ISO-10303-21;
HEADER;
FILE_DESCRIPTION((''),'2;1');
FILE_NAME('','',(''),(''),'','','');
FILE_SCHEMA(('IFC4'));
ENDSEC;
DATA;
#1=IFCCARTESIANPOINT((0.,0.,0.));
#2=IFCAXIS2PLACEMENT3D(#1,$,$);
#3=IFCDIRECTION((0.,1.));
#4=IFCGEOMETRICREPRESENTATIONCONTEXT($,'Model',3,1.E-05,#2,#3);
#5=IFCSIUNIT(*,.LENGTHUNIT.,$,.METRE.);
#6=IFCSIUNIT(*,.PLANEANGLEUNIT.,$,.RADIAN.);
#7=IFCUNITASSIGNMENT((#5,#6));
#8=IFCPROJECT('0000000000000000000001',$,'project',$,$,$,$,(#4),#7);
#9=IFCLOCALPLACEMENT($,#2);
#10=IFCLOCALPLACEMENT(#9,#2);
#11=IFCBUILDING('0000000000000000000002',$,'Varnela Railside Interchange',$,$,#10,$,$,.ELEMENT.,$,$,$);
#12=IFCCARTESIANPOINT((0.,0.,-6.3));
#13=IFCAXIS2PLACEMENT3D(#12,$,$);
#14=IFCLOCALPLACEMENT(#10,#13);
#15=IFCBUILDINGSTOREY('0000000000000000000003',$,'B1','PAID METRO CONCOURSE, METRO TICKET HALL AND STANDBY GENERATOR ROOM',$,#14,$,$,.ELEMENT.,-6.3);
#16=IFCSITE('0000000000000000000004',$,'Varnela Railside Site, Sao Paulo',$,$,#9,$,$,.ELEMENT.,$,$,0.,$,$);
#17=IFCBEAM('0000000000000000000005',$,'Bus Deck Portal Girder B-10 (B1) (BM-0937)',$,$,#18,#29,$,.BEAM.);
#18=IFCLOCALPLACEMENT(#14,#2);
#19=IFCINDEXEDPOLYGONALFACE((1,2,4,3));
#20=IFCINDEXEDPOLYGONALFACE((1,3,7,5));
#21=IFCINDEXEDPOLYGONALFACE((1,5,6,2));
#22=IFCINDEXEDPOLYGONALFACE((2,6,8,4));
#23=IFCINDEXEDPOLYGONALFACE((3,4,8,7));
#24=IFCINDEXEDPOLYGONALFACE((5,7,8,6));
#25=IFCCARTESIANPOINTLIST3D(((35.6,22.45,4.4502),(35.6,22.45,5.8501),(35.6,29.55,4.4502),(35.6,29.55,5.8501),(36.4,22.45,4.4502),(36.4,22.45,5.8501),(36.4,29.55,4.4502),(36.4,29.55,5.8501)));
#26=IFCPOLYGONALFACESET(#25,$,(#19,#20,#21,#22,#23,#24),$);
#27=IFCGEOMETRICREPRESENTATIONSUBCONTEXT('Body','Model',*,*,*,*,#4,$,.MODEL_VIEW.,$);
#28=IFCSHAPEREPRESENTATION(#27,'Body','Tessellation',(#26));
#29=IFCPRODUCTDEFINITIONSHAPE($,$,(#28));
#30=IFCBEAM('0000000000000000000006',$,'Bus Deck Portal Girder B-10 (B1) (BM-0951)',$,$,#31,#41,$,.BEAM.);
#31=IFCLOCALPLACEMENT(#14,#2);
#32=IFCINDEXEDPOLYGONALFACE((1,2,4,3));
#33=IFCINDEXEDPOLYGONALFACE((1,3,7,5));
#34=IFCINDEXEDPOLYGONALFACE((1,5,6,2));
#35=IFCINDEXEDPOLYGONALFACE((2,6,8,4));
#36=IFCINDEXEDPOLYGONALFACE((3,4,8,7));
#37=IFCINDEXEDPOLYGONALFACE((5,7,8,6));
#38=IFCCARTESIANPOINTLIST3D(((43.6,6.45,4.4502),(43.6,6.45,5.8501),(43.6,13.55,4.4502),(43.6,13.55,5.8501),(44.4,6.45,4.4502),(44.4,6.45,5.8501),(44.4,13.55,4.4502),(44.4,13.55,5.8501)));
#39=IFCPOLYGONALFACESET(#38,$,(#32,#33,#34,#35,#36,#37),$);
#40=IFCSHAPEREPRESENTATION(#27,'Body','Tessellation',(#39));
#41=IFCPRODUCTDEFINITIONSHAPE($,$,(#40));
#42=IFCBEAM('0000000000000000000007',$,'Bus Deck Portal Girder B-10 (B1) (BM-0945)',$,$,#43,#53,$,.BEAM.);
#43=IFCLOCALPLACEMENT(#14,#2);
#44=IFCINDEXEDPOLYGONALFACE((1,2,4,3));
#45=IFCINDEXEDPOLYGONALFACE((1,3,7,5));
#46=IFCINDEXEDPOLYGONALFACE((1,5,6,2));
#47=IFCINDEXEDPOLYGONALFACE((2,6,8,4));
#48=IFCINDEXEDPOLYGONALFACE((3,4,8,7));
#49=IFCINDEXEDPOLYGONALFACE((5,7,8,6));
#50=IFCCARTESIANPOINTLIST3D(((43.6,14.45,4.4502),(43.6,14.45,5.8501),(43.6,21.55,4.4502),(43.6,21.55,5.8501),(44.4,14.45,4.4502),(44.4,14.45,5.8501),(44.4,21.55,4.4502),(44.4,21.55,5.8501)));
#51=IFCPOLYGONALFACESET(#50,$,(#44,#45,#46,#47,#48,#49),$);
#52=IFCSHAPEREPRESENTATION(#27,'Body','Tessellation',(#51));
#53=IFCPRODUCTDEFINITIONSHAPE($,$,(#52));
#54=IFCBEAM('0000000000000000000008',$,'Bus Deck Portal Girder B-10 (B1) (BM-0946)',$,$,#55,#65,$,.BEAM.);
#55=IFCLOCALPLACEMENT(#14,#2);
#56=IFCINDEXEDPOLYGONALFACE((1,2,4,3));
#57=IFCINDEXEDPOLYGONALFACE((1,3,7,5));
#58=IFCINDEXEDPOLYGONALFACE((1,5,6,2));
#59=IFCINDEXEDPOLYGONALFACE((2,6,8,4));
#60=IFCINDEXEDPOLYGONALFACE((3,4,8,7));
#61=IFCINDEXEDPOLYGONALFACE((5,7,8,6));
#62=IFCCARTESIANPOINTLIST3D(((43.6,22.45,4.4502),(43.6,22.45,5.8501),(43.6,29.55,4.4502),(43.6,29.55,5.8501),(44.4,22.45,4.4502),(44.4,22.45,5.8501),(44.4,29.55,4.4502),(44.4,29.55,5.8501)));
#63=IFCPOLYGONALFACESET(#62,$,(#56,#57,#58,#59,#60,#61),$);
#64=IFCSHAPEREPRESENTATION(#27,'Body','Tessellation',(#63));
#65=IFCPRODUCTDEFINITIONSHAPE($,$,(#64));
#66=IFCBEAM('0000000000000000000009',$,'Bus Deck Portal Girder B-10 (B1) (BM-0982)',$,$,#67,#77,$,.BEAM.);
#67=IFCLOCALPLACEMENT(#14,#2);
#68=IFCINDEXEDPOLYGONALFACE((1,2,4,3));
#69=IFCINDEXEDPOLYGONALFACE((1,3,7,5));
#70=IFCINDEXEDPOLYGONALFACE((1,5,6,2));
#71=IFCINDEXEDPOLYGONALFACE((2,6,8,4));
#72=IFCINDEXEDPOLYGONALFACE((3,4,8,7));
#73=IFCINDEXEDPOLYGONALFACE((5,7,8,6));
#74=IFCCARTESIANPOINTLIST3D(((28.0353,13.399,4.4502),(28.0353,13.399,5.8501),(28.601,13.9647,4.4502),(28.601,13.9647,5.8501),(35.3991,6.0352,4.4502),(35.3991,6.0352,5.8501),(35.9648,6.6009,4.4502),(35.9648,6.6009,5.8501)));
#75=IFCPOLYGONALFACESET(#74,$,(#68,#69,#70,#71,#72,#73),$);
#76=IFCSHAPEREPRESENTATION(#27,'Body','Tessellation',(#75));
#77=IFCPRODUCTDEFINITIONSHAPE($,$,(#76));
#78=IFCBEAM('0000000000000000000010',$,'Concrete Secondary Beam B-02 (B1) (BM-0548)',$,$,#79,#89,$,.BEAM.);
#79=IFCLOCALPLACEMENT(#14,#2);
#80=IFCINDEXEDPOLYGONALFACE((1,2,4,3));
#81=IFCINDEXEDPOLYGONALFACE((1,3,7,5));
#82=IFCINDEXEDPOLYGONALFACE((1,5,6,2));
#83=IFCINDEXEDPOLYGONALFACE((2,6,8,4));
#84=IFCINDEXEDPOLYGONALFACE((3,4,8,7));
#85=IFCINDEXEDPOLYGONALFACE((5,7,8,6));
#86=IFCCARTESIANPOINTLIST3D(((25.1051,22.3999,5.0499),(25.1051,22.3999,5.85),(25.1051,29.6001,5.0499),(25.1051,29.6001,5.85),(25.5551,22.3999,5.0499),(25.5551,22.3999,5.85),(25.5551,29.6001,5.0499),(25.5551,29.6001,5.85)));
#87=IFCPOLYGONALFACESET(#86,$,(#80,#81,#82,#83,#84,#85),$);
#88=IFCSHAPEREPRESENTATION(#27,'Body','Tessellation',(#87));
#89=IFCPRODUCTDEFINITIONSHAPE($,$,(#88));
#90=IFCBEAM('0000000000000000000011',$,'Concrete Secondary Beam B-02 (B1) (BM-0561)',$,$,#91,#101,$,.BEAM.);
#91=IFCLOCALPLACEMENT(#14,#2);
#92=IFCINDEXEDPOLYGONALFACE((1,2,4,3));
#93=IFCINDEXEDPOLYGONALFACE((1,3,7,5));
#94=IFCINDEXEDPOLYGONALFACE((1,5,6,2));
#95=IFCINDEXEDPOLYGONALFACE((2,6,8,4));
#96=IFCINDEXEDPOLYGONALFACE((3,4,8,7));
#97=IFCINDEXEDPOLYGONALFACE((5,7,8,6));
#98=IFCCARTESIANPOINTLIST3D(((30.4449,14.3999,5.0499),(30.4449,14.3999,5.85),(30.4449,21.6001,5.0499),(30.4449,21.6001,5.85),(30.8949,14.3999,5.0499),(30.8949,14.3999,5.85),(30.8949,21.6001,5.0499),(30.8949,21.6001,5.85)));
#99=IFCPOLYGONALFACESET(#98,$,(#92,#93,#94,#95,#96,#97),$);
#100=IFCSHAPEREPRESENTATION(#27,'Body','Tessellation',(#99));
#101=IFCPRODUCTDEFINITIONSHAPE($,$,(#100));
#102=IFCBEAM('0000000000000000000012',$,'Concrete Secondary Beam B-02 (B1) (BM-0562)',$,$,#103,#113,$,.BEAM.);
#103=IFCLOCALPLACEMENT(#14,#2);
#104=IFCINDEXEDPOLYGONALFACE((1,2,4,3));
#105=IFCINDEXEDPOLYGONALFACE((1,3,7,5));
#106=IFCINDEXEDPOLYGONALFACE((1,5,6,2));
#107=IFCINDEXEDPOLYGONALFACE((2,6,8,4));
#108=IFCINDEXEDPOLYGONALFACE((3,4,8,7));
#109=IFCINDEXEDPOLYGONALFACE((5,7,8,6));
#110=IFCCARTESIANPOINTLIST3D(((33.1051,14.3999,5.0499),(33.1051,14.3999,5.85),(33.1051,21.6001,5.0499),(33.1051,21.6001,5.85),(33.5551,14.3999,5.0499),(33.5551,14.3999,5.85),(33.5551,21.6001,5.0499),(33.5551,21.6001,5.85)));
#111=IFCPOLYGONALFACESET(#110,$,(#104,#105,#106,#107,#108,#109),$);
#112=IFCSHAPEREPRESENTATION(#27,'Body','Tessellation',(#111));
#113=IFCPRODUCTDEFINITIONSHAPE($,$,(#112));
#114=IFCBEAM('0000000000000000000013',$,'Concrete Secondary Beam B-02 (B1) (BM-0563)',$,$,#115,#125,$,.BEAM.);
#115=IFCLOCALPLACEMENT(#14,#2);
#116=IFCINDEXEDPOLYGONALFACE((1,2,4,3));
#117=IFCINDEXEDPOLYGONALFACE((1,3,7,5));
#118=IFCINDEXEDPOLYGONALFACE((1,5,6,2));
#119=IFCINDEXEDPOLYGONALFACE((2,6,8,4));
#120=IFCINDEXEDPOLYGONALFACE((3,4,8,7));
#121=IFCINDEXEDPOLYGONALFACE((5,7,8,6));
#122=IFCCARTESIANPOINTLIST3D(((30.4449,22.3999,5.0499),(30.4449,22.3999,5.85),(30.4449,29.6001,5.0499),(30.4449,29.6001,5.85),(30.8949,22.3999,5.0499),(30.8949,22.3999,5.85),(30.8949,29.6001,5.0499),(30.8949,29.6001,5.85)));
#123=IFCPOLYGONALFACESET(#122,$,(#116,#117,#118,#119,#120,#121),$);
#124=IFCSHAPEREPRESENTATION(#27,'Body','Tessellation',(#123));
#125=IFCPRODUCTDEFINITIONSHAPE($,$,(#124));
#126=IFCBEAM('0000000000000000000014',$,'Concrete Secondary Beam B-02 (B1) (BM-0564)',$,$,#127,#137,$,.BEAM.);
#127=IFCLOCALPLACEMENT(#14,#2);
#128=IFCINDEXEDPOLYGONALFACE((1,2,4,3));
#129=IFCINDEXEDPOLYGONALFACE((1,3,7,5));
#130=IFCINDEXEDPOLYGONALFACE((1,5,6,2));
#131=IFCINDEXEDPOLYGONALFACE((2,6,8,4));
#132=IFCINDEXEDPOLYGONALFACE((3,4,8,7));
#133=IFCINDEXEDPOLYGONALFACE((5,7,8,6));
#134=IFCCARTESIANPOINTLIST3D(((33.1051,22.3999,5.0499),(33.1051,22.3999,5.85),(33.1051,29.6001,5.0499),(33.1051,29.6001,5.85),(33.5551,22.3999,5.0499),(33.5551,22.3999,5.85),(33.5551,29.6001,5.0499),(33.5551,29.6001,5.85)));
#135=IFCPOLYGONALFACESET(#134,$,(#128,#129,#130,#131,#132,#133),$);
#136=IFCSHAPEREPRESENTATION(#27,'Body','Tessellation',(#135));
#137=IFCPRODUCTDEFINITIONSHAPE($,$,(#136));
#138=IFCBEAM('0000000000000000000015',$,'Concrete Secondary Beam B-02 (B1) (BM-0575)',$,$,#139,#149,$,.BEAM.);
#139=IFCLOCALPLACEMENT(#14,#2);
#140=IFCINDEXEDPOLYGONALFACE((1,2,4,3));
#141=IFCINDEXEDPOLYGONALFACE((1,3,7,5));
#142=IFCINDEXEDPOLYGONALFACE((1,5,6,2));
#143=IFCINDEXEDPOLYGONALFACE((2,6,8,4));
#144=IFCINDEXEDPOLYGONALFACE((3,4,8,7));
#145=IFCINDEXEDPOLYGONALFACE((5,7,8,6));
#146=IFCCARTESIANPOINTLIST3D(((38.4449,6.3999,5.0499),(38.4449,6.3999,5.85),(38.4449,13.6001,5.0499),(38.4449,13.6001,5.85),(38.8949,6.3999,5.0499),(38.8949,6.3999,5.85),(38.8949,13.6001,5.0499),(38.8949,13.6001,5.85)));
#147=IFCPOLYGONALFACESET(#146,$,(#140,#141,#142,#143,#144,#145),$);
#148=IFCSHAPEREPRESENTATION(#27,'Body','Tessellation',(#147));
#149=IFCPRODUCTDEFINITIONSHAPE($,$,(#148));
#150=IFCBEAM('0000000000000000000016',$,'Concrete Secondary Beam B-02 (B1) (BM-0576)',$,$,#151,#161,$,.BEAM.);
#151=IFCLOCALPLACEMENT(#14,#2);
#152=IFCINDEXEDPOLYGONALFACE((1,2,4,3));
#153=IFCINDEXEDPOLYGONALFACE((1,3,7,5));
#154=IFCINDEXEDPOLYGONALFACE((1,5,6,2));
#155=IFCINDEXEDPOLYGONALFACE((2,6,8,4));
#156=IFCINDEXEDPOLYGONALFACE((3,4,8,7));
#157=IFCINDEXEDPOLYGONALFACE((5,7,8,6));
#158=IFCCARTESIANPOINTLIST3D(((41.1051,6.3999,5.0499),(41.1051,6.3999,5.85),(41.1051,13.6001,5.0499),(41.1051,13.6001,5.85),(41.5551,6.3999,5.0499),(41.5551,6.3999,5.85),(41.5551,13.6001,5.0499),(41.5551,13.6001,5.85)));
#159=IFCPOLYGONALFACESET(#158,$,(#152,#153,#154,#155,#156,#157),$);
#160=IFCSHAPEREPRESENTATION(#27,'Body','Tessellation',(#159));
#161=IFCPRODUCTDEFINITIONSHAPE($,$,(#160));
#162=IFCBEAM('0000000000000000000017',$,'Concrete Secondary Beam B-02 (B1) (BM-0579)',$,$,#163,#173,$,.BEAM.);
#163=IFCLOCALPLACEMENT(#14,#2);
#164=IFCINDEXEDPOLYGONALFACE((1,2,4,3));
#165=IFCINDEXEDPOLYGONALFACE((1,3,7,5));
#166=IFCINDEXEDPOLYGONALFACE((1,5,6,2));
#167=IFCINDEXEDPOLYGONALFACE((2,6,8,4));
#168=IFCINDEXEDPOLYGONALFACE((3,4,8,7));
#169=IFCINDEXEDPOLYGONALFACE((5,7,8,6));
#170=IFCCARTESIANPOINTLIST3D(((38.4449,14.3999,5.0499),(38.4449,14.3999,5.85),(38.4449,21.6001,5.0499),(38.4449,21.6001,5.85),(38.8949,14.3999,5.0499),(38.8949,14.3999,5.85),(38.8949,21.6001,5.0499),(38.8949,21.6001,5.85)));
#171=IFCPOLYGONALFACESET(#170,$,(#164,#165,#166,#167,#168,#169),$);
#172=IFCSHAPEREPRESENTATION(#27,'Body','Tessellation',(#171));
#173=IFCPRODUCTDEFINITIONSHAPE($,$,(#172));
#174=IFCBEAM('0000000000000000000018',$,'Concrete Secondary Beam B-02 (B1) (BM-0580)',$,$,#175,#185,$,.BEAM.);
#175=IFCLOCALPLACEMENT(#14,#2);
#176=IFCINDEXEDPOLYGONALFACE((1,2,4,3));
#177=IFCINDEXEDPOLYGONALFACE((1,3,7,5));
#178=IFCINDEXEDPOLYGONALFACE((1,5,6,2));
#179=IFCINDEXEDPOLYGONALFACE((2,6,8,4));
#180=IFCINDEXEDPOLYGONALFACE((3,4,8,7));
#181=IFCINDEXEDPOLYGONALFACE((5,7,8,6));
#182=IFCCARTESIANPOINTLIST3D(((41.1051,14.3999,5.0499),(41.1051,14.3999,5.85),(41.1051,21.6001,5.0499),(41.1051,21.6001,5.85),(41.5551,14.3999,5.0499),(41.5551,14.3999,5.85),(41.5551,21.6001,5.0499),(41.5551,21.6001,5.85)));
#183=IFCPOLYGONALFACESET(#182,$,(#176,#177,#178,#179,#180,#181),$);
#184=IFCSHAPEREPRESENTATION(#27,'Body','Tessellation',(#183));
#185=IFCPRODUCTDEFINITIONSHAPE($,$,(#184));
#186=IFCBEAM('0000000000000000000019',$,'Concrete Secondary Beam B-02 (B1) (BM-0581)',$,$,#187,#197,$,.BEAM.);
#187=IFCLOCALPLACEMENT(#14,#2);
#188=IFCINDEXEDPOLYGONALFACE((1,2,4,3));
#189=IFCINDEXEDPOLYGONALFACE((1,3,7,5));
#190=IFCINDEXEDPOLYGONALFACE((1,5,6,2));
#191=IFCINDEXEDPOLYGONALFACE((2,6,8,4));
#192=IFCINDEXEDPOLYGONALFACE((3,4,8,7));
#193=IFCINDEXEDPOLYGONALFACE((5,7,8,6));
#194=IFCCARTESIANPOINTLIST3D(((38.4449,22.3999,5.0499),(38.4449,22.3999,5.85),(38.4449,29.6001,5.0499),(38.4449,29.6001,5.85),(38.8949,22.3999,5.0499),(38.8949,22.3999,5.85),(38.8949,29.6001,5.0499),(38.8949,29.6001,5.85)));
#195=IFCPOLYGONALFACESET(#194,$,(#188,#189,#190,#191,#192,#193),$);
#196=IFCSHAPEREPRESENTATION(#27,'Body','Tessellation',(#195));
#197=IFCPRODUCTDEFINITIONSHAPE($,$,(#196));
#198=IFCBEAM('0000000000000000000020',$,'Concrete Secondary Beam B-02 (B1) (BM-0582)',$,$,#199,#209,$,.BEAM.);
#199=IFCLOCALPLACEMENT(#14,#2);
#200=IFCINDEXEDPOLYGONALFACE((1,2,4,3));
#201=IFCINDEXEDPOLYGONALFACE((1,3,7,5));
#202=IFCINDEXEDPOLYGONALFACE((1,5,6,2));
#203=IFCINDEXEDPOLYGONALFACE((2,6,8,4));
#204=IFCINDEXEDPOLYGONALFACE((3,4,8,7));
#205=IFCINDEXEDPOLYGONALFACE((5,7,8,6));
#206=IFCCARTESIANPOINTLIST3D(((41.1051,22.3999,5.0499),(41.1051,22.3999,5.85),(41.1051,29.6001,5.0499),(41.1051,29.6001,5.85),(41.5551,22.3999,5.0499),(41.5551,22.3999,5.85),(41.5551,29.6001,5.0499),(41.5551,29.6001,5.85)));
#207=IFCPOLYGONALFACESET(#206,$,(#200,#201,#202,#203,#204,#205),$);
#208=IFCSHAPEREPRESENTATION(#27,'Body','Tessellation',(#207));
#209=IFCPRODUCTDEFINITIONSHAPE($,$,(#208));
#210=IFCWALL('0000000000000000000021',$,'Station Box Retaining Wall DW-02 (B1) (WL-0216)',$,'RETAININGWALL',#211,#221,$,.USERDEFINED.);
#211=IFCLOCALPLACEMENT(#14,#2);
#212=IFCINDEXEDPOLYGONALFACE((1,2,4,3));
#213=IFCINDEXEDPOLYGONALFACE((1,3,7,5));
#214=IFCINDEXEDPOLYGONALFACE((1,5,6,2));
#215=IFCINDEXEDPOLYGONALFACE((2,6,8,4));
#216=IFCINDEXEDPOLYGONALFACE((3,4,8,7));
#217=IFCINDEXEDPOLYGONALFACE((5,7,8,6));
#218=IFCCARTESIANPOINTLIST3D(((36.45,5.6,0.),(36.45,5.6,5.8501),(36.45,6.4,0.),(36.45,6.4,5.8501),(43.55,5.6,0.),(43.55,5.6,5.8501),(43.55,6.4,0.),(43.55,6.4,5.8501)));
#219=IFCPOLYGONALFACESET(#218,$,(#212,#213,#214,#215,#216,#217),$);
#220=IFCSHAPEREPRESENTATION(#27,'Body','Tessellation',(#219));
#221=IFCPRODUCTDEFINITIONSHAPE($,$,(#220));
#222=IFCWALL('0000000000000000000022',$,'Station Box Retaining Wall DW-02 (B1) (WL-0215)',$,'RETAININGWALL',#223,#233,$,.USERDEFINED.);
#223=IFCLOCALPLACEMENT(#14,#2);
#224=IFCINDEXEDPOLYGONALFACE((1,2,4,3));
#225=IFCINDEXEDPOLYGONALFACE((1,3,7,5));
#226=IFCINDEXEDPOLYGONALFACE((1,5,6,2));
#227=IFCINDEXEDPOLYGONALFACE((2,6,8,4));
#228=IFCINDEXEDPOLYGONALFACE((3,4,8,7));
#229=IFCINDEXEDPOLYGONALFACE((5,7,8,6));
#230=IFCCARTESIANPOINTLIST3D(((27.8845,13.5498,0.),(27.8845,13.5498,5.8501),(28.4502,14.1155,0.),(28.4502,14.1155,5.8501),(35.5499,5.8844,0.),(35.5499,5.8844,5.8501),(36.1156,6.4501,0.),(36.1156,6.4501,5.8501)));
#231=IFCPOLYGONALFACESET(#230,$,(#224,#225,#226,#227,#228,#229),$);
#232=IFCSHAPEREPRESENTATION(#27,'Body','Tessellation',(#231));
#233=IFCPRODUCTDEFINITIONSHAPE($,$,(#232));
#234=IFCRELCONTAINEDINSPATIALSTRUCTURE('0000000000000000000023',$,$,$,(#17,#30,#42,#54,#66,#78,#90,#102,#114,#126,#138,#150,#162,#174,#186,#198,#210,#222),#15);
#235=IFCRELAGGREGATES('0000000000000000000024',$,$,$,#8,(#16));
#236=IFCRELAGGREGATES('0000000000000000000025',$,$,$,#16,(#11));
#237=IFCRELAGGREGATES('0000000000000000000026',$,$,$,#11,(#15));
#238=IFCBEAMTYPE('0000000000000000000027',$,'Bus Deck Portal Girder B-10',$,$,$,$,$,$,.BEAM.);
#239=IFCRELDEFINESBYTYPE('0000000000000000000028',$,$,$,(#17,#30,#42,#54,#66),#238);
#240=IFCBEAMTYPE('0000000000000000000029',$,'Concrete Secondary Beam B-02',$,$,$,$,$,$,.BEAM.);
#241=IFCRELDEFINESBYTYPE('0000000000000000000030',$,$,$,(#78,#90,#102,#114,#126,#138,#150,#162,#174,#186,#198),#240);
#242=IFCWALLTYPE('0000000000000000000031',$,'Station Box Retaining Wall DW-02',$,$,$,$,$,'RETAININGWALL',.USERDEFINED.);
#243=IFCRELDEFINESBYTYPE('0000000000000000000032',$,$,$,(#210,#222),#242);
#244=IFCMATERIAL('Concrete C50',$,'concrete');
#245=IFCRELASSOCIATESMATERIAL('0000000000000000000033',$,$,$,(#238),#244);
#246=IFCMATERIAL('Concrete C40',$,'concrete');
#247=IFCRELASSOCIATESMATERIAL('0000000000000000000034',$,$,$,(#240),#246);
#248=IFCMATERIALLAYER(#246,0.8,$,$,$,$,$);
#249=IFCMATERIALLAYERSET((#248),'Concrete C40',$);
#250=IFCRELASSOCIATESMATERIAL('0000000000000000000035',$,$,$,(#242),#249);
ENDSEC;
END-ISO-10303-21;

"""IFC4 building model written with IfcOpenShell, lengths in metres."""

from ifc_helpers import new_model, si_unit, direction, frame, frame_2d, origin, origin_2d, place, context, subcontext, project, spatial, rectangle, extrude, material, layer, layer_set, material_profile, profile_set, type_object, element, save


model = new_model("IFC4")

# Units and contexts
model_context = context("Model", 3, precision=1e-05, world=origin(), true_north=direction((0.0, 1.0)))
body_context = subcontext(model_context, "Body", "Model", "MODEL_VIEW")
ifc_project = project(units=[si_unit("LENGTHUNIT", "METRE"), si_unit("PLANEANGLEUNIT", "RADIAN")], contexts=[model_context])

# Site, building, storey
site_placement = place(None, origin())
site = spatial("IfcSite", under=ifc_project, at=site_placement, Name="Varnela Railside Site, Sao Paulo", CompositionType="ELEMENT", RefElevation=0.0)
building_placement = place(site_placement, origin())
building = spatial("IfcBuilding", under=site, at=building_placement, Name="Varnela Railside Interchange", CompositionType="ELEMENT")
storey_placement = place(building_placement, frame((0.0, 0.0, -6.3)))
storey = spatial("IfcBuildingStorey", under=building, at=storey_placement, Name="B1", Description="PAID METRO CONCOURSE, METRO TICKET HALL AND STANDBY GENERATOR ROOM", CompositionType="ELEMENT", Elevation=-6.3)

# Shared definitions
ifc_material_1 = material(Name="Concrete C50", Category="concrete")

# Beams
ifc_material_profile_1 = material_profile(ifc_material_1, rectangle(XDim=0.8, YDim=1.3999, at=origin_2d()), Name="RC 800x1400")
ifc_profile_set_1 = profile_set([ifc_material_profile_1], Name="Concrete C50")
beam_type_1 = type_object("IfcBeamType", Name="Bus Deck Portal Girder B-10", PredefinedType="BEAM", material=ifc_profile_set_1)
for number, where, z_axis, x_axis, name in (
    (1, (36.0, 22.45, 5.1501), (0.0, 1.0, 0.0), (-1.0, 0.0, 0.0), "Bus Deck Portal Girder B-10 (B1) (BM-0937)"),
    (2, (44.0, 6.45, 5.1501), (0.0, 1.0, 0.0), (-1.0, 0.0, 0.0), "Bus Deck Portal Girder B-10 (B1) (BM-0951)"),
    (3, (44.0, 14.45, 5.1501), (0.0, 1.0, 0.0), (-1.0, 0.0, 0.0), "Bus Deck Portal Girder B-10 (B1) (BM-0945)"),
    (4, (44.0, 22.45, 5.1501), (0.0, 1.0, 0.0), (-1.0, 0.0, 0.0), "Bus Deck Portal Girder B-10 (B1) (BM-0946)"),
):
    element("IfcBeam", number, at=place(storey_placement, frame(where, z_axis=z_axis, x_axis=x_axis)), inside=storey, type_object=beam_type_1, Name=name, PredefinedType="BEAM", context=body_context, shape_type="SweptSolid", body=[
        extrude(rectangle(XDim=0.8, YDim=1.3999, at=origin_2d()), origin(), (0.0, 0.0, 1.0), 7.1001),
    ])
beam_placement = place(storey_placement, frame((28.3181, 13.6819, 5.1501), z_axis=(0.707107, -0.707107, 0.0), x_axis=(0.707107, 0.707107, 0.0)))
element("IfcBeam", 5, at=beam_placement, inside=storey, type_object=beam_type_1, Name="Bus Deck Portal Girder B-10 (B1) (BM-0982)", PredefinedType="BEAM", context=body_context, shape_type="SweptSolid", body=[
    extrude(rectangle(XDim=0.8, YDim=1.3999, at=origin_2d()), origin(), (0.0, 0.0, 1.0), 10.4141),
])
ifc_material_2 = material(Name="Concrete C40", Category="concrete")
ifc_material_profile_2 = material_profile(ifc_material_2, rectangle(XDim=0.45, YDim=0.8, at=origin_2d()), Name="RC 450x800")
ifc_profile_set_2 = profile_set([ifc_material_profile_2], Name="Concrete C40")
beam_type_2 = type_object("IfcBeamType", Name="Concrete Secondary Beam B-02", PredefinedType="BEAM", material=ifc_profile_set_2)
for number, where, z_axis, x_axis, name in (
    (6, (25.3301, 22.3999, 5.45), (0.0, 1.0, 0.0), (-1.0, 0.0, 0.0), "Concrete Secondary Beam B-02 (B1) (BM-0548)"),
    (7, (30.6699, 14.3999, 5.45), (0.0, 1.0, 0.0), (-1.0, 0.0, 0.0), "Concrete Secondary Beam B-02 (B1) (BM-0561)"),
    (8, (33.3301, 14.3999, 5.45), (0.0, 1.0, 0.0), (-1.0, 0.0, 0.0), "Concrete Secondary Beam B-02 (B1) (BM-0562)"),
    (9, (30.6699, 22.3999, 5.45), (0.0, 1.0, 0.0), (-1.0, 0.0, 0.0), "Concrete Secondary Beam B-02 (B1) (BM-0563)"),
    (10, (33.3301, 22.3999, 5.45), (0.0, 1.0, 0.0), (-1.0, 0.0, 0.0), "Concrete Secondary Beam B-02 (B1) (BM-0564)"),
    (11, (38.6699, 6.3999, 5.45), (0.0, 1.0, 0.0), (-1.0, 0.0, 0.0), "Concrete Secondary Beam B-02 (B1) (BM-0575)"),
    (12, (41.3301, 6.3999, 5.45), (0.0, 1.0, 0.0), (-1.0, 0.0, 0.0), "Concrete Secondary Beam B-02 (B1) (BM-0576)"),
    (13, (38.6699, 14.3999, 5.45), (0.0, 1.0, 0.0), (-1.0, 0.0, 0.0), "Concrete Secondary Beam B-02 (B1) (BM-0579)"),
    (14, (41.3301, 14.3999, 5.45), (0.0, 1.0, 0.0), (-1.0, 0.0, 0.0), "Concrete Secondary Beam B-02 (B1) (BM-0580)"),
    (15, (38.6699, 22.3999, 5.45), (0.0, 1.0, 0.0), (-1.0, 0.0, 0.0), "Concrete Secondary Beam B-02 (B1) (BM-0581)"),
    (16, (41.3301, 22.3999, 5.45), (0.0, 1.0, 0.0), (-1.0, 0.0, 0.0), "Concrete Secondary Beam B-02 (B1) (BM-0582)"),
):
    element("IfcBeam", number, at=place(storey_placement, frame(where, z_axis=z_axis, x_axis=x_axis)), inside=storey, type_object=beam_type_2, Name=name, PredefinedType="BEAM", context=body_context, shape_type="SweptSolid", body=[
        extrude(rectangle(XDim=0.45, YDim=0.8, at=origin_2d()), origin(), (0.0, 0.0, 1.0), 7.2002),
    ])

# Walls
ifc_layer = layer(ifc_material_2, 0.8)
ifc_layer_set = layer_set([ifc_layer], Name="Concrete C40")
wall_type = type_object("IfcWallType", Name="Station Box Retaining Wall DW-02", ElementType="RETAININGWALL", PredefinedType="USERDEFINED", material=ifc_layer_set)
wall_1_placement = place(storey_placement, frame((36.45, 6.0, 0.0), z_axis=(0.0, 0.0, 1.0), x_axis=(1.0, 0.0, 0.0)))
element("IfcWall", 17, at=wall_1_placement, inside=storey, type_object=wall_type, Name="Station Box Retaining Wall DW-02 (B1) (WL-0216)", ObjectType="RETAININGWALL", PredefinedType="USERDEFINED", context=body_context, shape_type="SweptSolid", body=[
    extrude(rectangle(XDim=7.1001, YDim=0.8, at=frame_2d((3.55, 0.0))), origin(), (0.0, 0.0, 1.0), 5.8501),
])
wall_2_placement = place(storey_placement, frame((28.1672, 13.8328, 0.0), z_axis=(0.0, 0.0, 1.0), x_axis=(0.707107, -0.707107, 0.0)))
element("IfcWall", 18, at=wall_2_placement, inside=storey, type_object=wall_type, Name="Station Box Retaining Wall DW-02 (B1) (WL-0215)", ObjectType="RETAININGWALL", PredefinedType="USERDEFINED", context=body_context, shape_type="SweptSolid", body=[
    extrude(rectangle(XDim=10.8406, YDim=0.8, at=frame_2d((5.4204, 0.0))), origin(), (0.0, 0.0, 1.0), 5.8501),
])

save(model, "model.ifc")
